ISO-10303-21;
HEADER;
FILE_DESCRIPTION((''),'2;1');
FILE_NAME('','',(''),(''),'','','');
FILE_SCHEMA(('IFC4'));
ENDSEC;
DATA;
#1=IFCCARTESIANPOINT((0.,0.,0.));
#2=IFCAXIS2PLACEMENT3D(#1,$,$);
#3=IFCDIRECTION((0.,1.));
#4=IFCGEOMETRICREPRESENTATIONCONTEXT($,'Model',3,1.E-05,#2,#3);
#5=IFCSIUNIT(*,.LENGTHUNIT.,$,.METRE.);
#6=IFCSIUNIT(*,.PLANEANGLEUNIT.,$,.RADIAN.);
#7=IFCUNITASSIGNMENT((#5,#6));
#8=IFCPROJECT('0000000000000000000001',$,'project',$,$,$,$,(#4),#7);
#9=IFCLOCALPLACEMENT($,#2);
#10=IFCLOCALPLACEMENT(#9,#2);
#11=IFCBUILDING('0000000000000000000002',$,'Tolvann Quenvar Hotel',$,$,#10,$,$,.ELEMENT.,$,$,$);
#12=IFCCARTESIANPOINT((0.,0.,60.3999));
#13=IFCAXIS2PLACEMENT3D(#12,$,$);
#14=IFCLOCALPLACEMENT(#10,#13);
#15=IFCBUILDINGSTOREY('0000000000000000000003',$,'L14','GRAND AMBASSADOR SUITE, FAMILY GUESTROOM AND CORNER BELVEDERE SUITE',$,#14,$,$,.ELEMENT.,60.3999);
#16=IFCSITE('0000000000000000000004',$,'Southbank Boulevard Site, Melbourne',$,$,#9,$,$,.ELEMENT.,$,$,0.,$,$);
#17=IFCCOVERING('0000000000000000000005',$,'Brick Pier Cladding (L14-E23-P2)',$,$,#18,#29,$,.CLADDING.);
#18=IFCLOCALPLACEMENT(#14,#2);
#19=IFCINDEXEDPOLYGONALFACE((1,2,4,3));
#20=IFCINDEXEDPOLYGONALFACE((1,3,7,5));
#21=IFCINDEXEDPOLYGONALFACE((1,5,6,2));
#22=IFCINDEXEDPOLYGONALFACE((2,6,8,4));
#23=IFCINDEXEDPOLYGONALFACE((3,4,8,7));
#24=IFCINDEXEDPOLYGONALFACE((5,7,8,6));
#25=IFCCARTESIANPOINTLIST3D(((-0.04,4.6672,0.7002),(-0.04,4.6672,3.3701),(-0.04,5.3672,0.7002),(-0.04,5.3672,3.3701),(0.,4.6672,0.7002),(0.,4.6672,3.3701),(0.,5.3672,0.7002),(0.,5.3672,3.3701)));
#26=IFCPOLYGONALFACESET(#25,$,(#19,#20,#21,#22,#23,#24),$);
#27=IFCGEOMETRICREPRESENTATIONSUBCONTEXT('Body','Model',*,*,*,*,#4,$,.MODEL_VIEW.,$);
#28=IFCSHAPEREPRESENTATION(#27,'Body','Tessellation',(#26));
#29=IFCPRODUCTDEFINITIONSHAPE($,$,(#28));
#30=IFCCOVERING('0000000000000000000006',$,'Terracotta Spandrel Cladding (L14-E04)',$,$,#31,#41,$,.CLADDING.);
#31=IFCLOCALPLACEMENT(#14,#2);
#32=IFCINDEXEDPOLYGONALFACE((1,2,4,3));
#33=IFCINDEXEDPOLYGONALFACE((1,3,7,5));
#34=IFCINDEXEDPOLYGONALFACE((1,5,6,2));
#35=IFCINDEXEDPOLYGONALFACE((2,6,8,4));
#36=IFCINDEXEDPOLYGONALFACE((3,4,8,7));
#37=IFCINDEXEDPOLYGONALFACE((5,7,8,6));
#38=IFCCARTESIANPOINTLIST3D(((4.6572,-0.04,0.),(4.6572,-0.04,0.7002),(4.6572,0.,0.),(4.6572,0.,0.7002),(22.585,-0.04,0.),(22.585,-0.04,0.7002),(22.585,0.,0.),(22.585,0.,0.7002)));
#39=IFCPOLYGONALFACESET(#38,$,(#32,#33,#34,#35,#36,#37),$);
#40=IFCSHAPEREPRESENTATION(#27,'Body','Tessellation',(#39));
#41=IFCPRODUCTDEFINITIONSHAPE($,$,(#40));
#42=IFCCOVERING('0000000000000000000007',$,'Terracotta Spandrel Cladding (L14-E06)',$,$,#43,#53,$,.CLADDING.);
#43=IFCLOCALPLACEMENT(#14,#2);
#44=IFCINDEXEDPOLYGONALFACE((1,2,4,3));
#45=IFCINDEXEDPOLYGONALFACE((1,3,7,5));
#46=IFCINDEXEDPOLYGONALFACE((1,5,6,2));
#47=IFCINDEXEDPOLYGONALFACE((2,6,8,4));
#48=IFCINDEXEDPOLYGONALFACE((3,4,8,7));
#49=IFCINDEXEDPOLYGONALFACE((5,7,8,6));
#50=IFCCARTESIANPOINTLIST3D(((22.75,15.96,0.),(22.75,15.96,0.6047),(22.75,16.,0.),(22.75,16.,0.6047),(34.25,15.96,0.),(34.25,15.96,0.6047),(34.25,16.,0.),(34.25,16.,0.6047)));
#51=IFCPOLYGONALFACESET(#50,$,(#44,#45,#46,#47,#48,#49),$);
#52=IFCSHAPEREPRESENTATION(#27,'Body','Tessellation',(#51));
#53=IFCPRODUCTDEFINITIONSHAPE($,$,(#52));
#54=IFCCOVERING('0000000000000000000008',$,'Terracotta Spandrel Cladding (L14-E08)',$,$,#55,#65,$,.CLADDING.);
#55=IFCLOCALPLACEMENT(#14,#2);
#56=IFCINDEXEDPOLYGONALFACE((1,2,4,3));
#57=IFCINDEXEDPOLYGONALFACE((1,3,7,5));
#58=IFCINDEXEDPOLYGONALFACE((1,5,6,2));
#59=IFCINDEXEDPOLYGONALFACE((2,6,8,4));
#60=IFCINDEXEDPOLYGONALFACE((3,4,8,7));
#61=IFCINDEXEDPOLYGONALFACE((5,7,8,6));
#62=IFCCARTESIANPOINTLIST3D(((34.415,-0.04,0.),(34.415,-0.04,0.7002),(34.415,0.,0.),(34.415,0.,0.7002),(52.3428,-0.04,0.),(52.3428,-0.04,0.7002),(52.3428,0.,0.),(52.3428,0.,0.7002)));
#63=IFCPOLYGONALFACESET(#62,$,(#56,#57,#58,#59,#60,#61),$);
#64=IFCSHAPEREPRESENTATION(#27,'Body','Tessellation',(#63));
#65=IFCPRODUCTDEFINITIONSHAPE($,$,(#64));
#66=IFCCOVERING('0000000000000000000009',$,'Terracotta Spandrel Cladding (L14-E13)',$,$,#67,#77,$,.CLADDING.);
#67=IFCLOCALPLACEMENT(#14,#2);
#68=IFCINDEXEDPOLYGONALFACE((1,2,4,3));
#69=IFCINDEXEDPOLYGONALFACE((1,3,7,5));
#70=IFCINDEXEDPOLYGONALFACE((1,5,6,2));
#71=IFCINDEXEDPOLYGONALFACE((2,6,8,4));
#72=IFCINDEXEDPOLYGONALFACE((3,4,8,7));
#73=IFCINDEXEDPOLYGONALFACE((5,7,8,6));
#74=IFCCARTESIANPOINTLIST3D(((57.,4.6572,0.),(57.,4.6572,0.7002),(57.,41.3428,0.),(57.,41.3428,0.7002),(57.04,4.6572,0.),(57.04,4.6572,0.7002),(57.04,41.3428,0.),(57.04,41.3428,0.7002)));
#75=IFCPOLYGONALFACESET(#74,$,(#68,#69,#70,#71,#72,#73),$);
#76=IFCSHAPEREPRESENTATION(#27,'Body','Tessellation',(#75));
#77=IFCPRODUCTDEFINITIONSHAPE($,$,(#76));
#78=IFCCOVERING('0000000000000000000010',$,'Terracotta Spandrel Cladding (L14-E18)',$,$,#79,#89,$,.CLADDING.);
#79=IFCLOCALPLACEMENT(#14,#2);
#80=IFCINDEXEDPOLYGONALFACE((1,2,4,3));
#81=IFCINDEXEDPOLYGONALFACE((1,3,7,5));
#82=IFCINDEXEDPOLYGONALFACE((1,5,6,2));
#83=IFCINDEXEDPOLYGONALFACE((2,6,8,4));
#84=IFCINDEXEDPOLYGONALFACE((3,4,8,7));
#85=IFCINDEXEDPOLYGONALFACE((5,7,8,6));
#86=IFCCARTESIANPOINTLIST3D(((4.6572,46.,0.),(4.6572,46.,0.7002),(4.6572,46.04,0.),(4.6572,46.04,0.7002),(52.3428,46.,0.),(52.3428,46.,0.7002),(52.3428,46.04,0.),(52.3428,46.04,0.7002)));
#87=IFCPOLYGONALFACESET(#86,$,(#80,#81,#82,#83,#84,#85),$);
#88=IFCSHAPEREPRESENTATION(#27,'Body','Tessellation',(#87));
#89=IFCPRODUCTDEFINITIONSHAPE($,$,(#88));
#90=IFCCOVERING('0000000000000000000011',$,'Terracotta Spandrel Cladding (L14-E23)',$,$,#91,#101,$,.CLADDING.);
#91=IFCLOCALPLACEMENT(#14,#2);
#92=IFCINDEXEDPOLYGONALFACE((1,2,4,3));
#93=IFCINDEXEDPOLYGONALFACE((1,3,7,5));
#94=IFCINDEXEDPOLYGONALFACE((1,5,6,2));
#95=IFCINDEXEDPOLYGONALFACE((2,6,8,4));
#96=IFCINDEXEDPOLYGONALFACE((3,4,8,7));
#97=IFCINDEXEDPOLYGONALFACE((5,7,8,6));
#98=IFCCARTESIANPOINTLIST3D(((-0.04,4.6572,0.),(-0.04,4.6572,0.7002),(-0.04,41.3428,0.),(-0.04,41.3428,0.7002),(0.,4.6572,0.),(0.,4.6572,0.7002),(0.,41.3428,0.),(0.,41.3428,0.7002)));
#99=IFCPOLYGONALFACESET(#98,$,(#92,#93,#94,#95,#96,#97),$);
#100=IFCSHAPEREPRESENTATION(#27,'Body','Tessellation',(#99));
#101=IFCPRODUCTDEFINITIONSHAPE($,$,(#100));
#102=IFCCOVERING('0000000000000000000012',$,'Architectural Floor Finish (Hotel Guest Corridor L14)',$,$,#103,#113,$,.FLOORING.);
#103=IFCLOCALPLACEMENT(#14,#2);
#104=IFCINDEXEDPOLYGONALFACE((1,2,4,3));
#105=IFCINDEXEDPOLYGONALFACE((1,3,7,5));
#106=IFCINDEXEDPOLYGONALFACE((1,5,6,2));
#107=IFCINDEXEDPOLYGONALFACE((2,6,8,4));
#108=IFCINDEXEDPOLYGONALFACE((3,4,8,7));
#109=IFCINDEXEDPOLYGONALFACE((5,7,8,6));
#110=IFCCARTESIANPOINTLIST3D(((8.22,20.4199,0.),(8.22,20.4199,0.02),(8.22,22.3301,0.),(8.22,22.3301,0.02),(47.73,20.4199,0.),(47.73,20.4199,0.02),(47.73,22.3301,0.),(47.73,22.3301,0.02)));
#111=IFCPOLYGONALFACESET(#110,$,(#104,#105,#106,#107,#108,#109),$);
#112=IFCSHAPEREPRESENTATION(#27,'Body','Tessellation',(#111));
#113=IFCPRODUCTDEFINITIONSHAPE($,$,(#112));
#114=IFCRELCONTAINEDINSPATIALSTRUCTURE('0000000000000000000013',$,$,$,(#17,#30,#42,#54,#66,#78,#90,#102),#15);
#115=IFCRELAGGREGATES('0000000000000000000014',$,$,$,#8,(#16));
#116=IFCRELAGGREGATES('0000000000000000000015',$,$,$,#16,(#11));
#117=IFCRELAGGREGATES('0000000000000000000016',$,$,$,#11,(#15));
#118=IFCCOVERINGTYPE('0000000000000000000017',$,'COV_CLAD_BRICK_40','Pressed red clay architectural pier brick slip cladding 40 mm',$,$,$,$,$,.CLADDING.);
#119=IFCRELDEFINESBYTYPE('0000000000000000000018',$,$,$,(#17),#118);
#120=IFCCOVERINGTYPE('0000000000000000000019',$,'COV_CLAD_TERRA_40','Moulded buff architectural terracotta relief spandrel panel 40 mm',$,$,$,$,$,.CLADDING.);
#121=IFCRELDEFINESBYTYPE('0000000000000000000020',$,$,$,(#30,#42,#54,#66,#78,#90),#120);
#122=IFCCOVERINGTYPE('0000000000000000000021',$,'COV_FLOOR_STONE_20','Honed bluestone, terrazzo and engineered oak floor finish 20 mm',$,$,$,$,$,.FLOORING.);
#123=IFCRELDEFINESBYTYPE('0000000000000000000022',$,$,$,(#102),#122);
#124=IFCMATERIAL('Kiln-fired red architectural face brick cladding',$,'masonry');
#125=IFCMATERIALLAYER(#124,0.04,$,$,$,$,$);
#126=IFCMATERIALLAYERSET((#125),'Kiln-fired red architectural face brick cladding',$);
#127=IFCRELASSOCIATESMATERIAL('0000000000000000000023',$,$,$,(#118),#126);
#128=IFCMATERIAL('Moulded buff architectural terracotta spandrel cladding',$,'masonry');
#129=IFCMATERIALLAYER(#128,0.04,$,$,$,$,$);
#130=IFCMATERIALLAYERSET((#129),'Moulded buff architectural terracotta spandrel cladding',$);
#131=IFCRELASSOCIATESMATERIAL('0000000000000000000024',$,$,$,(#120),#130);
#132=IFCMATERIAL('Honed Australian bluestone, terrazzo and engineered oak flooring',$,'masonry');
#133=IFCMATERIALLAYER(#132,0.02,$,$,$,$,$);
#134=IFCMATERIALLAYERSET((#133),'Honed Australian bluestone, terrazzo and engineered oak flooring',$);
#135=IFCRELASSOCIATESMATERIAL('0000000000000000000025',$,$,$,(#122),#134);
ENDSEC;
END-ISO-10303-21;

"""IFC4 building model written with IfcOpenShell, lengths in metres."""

from ifc_helpers import new_model, si_unit, direction, frame, origin, place, context, subcontext, project, spatial, polyline, outline, extrude, material, layer, layer_set, type_object, element, save


model = new_model("IFC4")

# Units and contexts
model_context = context("Model", 3, precision=1e-05, world=origin(), true_north=direction((0.0, 1.0)))
body_context = subcontext(model_context, "Body", "Model", "MODEL_VIEW")
ifc_project = project(units=[si_unit("LENGTHUNIT", "METRE"), si_unit("PLANEANGLEUNIT", "RADIAN")], contexts=[model_context])

# Site, building, storey
site_placement = place(None, origin())
site = spatial("IfcSite", under=ifc_project, at=site_placement, Name="Southbank Boulevard Site, Melbourne", CompositionType="ELEMENT", RefElevation=0.0)
building_placement = place(site_placement, origin())
building = spatial("IfcBuilding", under=site, at=building_placement, Name="Tolvann Quenvar Hotel", CompositionType="ELEMENT")
storey_placement = place(building_placement, frame((0.0, 0.0, 60.3999)))
storey = spatial("IfcBuildingStorey", under=building, at=storey_placement, Name="L14", Description="GRAND AMBASSADOR SUITE, FAMILY GUESTROOM AND CORNER BELVEDERE SUITE", CompositionType="ELEMENT", Elevation=60.3999)

# Coverings
ifc_material_1 = material(Name="Kiln-fired red architectural face brick cladding", Category="masonry")
ifc_layer_1 = layer(ifc_material_1, 0.04)
ifc_layer_set_1 = layer_set([ifc_layer_1], Name="Kiln-fired red architectural face brick cladding")
covering_type_1 = type_object("IfcCoveringType", Name="COV_CLAD_BRICK_40", Description="Pressed red clay architectural pier brick slip cladding 40 mm", PredefinedType="CLADDING", material=ifc_layer_set_1)
covering_1_placement = place(storey_placement, frame((0.0, 0.0, 0.7002)))
element("IfcCovering", 1, at=covering_1_placement, inside=storey, type_object=covering_type_1, Name="Brick Pier Cladding (L14-E23-P2)", PredefinedType="CLADDING", context=body_context, shape_type="SweptSolid", body=[
    extrude(outline(polyline([(0.0, 5.3672), (0.0, 4.6672), (-0.04, 4.6672), (-0.04, 5.3672), (0.0, 5.3672)])), origin(), (0.0, 0.0, 1.0), 2.6699),
])
ifc_material_2 = material(Name="Moulded buff architectural terracotta spandrel cladding", Category="masonry")
ifc_layer_2 = layer(ifc_material_2, 0.04)
ifc_layer_set_2 = layer_set([ifc_layer_2], Name="Moulded buff architectural terracotta spandrel cladding")
covering_type_2 = type_object("IfcCoveringType", Name="COV_CLAD_TERRA_40", Description="Moulded buff architectural terracotta relief spandrel panel 40 mm", PredefinedType="CLADDING", material=ifc_layer_set_2)
covering_2_placement = place(storey_placement, origin())
element("IfcCovering", 2, at=covering_2_placement, inside=storey, type_object=covering_type_2, Name="Terracotta Spandrel Cladding (L14-E04)", PredefinedType="CLADDING", context=body_context, shape_type="SweptSolid", body=[
    extrude(outline(polyline([(4.6572, 0.0), (22.585, 0.0), (22.585, -0.04), (4.6572, -0.04), (4.6572, 0.0)])), origin(), (0.0, 0.0, 1.0), 0.7002),
])
covering_3_placement = place(storey_placement, origin())
element("IfcCovering", 3, at=covering_3_placement, inside=storey, type_object=covering_type_2, Name="Terracotta Spandrel Cladding (L14-E06)", PredefinedType="CLADDING", context=body_context, shape_type="SweptSolid", body=[
    extrude(outline(polyline([(22.75, 16.0), (34.25, 16.0), (34.25, 15.96), (22.75, 15.96), (22.75, 16.0)])), origin(), (0.0, 0.0, 1.0), 0.6047),
])
covering_4_placement = place(storey_placement, origin())
element("IfcCovering", 4, at=covering_4_placement, inside=storey, type_object=covering_type_2, Name="Terracotta Spandrel Cladding (L14-E08)", PredefinedType="CLADDING", context=body_context, shape_type="SweptSolid", body=[
    extrude(outline(polyline([(34.415, 0.0), (52.3428, 0.0), (52.3428, -0.04), (34.415, -0.04), (34.415, 0.0)])), origin(), (0.0, 0.0, 1.0), 0.7002),
])
covering_5_placement = place(storey_placement, origin())
element("IfcCovering", 5, at=covering_5_placement, inside=storey, type_object=covering_type_2, Name="Terracotta Spandrel Cladding (L14-E13)", PredefinedType="CLADDING", context=body_context, shape_type="SweptSolid", body=[
    extrude(outline(polyline([(57.0, 4.6572), (57.0, 41.3428), (57.04, 41.3428), (57.04, 4.6572), (57.0, 4.6572)])), origin(), (0.0, 0.0, 1.0), 0.7002),
])
covering_6_placement = place(storey_placement, origin())
element("IfcCovering", 6, at=covering_6_placement, inside=storey, type_object=covering_type_2, Name="Terracotta Spandrel Cladding (L14-E18)", PredefinedType="CLADDING", context=body_context, shape_type="SweptSolid", body=[
    extrude(outline(polyline([(52.3428, 46.0), (4.6572, 46.0), (4.6572, 46.04), (52.3428, 46.04), (52.3428, 46.0)])), origin(), (0.0, 0.0, 1.0), 0.7002),
])
covering_7_placement = place(storey_placement, origin())
element("IfcCovering", 7, at=covering_7_placement, inside=storey, type_object=covering_type_2, Name="Terracotta Spandrel Cladding (L14-E23)", PredefinedType="CLADDING", context=body_context, shape_type="SweptSolid", body=[
    extrude(outline(polyline([(0.0, 41.3428), (0.0, 4.6572), (-0.04, 4.6572), (-0.04, 41.3428), (0.0, 41.3428)])), origin(), (0.0, 0.0, 1.0), 0.7002),
])
ifc_material_3 = material(Name="Honed Australian bluestone, terrazzo and engineered oak flooring", Category="masonry")
ifc_layer_3 = layer(ifc_material_3, 0.02)
ifc_layer_set_3 = layer_set([ifc_layer_3], Name="Honed Australian bluestone, terrazzo and engineered oak flooring")
covering_type_3 = type_object("IfcCoveringType", Name="COV_FLOOR_STONE_20", Description="Honed bluestone, terrazzo and engineered oak floor finish 20 mm", PredefinedType="FLOORING", material=ifc_layer_set_3)
covering_8_placement = place(storey_placement, origin())
element("IfcCovering", 8, at=covering_8_placement, inside=storey, type_object=covering_type_3, Name="Architectural Floor Finish (Hotel Guest Corridor L14)", PredefinedType="FLOORING", context=body_context, shape_type="SweptSolid", body=[
    extrude(outline(polyline([(8.22, 20.4199), (47.73, 20.4199), (47.73, 22.3301), (8.22, 22.3301), (8.22, 20.4199)])), origin(), (0.0, 0.0, 1.0), 0.02),
])

save(model, "model.ifc")
